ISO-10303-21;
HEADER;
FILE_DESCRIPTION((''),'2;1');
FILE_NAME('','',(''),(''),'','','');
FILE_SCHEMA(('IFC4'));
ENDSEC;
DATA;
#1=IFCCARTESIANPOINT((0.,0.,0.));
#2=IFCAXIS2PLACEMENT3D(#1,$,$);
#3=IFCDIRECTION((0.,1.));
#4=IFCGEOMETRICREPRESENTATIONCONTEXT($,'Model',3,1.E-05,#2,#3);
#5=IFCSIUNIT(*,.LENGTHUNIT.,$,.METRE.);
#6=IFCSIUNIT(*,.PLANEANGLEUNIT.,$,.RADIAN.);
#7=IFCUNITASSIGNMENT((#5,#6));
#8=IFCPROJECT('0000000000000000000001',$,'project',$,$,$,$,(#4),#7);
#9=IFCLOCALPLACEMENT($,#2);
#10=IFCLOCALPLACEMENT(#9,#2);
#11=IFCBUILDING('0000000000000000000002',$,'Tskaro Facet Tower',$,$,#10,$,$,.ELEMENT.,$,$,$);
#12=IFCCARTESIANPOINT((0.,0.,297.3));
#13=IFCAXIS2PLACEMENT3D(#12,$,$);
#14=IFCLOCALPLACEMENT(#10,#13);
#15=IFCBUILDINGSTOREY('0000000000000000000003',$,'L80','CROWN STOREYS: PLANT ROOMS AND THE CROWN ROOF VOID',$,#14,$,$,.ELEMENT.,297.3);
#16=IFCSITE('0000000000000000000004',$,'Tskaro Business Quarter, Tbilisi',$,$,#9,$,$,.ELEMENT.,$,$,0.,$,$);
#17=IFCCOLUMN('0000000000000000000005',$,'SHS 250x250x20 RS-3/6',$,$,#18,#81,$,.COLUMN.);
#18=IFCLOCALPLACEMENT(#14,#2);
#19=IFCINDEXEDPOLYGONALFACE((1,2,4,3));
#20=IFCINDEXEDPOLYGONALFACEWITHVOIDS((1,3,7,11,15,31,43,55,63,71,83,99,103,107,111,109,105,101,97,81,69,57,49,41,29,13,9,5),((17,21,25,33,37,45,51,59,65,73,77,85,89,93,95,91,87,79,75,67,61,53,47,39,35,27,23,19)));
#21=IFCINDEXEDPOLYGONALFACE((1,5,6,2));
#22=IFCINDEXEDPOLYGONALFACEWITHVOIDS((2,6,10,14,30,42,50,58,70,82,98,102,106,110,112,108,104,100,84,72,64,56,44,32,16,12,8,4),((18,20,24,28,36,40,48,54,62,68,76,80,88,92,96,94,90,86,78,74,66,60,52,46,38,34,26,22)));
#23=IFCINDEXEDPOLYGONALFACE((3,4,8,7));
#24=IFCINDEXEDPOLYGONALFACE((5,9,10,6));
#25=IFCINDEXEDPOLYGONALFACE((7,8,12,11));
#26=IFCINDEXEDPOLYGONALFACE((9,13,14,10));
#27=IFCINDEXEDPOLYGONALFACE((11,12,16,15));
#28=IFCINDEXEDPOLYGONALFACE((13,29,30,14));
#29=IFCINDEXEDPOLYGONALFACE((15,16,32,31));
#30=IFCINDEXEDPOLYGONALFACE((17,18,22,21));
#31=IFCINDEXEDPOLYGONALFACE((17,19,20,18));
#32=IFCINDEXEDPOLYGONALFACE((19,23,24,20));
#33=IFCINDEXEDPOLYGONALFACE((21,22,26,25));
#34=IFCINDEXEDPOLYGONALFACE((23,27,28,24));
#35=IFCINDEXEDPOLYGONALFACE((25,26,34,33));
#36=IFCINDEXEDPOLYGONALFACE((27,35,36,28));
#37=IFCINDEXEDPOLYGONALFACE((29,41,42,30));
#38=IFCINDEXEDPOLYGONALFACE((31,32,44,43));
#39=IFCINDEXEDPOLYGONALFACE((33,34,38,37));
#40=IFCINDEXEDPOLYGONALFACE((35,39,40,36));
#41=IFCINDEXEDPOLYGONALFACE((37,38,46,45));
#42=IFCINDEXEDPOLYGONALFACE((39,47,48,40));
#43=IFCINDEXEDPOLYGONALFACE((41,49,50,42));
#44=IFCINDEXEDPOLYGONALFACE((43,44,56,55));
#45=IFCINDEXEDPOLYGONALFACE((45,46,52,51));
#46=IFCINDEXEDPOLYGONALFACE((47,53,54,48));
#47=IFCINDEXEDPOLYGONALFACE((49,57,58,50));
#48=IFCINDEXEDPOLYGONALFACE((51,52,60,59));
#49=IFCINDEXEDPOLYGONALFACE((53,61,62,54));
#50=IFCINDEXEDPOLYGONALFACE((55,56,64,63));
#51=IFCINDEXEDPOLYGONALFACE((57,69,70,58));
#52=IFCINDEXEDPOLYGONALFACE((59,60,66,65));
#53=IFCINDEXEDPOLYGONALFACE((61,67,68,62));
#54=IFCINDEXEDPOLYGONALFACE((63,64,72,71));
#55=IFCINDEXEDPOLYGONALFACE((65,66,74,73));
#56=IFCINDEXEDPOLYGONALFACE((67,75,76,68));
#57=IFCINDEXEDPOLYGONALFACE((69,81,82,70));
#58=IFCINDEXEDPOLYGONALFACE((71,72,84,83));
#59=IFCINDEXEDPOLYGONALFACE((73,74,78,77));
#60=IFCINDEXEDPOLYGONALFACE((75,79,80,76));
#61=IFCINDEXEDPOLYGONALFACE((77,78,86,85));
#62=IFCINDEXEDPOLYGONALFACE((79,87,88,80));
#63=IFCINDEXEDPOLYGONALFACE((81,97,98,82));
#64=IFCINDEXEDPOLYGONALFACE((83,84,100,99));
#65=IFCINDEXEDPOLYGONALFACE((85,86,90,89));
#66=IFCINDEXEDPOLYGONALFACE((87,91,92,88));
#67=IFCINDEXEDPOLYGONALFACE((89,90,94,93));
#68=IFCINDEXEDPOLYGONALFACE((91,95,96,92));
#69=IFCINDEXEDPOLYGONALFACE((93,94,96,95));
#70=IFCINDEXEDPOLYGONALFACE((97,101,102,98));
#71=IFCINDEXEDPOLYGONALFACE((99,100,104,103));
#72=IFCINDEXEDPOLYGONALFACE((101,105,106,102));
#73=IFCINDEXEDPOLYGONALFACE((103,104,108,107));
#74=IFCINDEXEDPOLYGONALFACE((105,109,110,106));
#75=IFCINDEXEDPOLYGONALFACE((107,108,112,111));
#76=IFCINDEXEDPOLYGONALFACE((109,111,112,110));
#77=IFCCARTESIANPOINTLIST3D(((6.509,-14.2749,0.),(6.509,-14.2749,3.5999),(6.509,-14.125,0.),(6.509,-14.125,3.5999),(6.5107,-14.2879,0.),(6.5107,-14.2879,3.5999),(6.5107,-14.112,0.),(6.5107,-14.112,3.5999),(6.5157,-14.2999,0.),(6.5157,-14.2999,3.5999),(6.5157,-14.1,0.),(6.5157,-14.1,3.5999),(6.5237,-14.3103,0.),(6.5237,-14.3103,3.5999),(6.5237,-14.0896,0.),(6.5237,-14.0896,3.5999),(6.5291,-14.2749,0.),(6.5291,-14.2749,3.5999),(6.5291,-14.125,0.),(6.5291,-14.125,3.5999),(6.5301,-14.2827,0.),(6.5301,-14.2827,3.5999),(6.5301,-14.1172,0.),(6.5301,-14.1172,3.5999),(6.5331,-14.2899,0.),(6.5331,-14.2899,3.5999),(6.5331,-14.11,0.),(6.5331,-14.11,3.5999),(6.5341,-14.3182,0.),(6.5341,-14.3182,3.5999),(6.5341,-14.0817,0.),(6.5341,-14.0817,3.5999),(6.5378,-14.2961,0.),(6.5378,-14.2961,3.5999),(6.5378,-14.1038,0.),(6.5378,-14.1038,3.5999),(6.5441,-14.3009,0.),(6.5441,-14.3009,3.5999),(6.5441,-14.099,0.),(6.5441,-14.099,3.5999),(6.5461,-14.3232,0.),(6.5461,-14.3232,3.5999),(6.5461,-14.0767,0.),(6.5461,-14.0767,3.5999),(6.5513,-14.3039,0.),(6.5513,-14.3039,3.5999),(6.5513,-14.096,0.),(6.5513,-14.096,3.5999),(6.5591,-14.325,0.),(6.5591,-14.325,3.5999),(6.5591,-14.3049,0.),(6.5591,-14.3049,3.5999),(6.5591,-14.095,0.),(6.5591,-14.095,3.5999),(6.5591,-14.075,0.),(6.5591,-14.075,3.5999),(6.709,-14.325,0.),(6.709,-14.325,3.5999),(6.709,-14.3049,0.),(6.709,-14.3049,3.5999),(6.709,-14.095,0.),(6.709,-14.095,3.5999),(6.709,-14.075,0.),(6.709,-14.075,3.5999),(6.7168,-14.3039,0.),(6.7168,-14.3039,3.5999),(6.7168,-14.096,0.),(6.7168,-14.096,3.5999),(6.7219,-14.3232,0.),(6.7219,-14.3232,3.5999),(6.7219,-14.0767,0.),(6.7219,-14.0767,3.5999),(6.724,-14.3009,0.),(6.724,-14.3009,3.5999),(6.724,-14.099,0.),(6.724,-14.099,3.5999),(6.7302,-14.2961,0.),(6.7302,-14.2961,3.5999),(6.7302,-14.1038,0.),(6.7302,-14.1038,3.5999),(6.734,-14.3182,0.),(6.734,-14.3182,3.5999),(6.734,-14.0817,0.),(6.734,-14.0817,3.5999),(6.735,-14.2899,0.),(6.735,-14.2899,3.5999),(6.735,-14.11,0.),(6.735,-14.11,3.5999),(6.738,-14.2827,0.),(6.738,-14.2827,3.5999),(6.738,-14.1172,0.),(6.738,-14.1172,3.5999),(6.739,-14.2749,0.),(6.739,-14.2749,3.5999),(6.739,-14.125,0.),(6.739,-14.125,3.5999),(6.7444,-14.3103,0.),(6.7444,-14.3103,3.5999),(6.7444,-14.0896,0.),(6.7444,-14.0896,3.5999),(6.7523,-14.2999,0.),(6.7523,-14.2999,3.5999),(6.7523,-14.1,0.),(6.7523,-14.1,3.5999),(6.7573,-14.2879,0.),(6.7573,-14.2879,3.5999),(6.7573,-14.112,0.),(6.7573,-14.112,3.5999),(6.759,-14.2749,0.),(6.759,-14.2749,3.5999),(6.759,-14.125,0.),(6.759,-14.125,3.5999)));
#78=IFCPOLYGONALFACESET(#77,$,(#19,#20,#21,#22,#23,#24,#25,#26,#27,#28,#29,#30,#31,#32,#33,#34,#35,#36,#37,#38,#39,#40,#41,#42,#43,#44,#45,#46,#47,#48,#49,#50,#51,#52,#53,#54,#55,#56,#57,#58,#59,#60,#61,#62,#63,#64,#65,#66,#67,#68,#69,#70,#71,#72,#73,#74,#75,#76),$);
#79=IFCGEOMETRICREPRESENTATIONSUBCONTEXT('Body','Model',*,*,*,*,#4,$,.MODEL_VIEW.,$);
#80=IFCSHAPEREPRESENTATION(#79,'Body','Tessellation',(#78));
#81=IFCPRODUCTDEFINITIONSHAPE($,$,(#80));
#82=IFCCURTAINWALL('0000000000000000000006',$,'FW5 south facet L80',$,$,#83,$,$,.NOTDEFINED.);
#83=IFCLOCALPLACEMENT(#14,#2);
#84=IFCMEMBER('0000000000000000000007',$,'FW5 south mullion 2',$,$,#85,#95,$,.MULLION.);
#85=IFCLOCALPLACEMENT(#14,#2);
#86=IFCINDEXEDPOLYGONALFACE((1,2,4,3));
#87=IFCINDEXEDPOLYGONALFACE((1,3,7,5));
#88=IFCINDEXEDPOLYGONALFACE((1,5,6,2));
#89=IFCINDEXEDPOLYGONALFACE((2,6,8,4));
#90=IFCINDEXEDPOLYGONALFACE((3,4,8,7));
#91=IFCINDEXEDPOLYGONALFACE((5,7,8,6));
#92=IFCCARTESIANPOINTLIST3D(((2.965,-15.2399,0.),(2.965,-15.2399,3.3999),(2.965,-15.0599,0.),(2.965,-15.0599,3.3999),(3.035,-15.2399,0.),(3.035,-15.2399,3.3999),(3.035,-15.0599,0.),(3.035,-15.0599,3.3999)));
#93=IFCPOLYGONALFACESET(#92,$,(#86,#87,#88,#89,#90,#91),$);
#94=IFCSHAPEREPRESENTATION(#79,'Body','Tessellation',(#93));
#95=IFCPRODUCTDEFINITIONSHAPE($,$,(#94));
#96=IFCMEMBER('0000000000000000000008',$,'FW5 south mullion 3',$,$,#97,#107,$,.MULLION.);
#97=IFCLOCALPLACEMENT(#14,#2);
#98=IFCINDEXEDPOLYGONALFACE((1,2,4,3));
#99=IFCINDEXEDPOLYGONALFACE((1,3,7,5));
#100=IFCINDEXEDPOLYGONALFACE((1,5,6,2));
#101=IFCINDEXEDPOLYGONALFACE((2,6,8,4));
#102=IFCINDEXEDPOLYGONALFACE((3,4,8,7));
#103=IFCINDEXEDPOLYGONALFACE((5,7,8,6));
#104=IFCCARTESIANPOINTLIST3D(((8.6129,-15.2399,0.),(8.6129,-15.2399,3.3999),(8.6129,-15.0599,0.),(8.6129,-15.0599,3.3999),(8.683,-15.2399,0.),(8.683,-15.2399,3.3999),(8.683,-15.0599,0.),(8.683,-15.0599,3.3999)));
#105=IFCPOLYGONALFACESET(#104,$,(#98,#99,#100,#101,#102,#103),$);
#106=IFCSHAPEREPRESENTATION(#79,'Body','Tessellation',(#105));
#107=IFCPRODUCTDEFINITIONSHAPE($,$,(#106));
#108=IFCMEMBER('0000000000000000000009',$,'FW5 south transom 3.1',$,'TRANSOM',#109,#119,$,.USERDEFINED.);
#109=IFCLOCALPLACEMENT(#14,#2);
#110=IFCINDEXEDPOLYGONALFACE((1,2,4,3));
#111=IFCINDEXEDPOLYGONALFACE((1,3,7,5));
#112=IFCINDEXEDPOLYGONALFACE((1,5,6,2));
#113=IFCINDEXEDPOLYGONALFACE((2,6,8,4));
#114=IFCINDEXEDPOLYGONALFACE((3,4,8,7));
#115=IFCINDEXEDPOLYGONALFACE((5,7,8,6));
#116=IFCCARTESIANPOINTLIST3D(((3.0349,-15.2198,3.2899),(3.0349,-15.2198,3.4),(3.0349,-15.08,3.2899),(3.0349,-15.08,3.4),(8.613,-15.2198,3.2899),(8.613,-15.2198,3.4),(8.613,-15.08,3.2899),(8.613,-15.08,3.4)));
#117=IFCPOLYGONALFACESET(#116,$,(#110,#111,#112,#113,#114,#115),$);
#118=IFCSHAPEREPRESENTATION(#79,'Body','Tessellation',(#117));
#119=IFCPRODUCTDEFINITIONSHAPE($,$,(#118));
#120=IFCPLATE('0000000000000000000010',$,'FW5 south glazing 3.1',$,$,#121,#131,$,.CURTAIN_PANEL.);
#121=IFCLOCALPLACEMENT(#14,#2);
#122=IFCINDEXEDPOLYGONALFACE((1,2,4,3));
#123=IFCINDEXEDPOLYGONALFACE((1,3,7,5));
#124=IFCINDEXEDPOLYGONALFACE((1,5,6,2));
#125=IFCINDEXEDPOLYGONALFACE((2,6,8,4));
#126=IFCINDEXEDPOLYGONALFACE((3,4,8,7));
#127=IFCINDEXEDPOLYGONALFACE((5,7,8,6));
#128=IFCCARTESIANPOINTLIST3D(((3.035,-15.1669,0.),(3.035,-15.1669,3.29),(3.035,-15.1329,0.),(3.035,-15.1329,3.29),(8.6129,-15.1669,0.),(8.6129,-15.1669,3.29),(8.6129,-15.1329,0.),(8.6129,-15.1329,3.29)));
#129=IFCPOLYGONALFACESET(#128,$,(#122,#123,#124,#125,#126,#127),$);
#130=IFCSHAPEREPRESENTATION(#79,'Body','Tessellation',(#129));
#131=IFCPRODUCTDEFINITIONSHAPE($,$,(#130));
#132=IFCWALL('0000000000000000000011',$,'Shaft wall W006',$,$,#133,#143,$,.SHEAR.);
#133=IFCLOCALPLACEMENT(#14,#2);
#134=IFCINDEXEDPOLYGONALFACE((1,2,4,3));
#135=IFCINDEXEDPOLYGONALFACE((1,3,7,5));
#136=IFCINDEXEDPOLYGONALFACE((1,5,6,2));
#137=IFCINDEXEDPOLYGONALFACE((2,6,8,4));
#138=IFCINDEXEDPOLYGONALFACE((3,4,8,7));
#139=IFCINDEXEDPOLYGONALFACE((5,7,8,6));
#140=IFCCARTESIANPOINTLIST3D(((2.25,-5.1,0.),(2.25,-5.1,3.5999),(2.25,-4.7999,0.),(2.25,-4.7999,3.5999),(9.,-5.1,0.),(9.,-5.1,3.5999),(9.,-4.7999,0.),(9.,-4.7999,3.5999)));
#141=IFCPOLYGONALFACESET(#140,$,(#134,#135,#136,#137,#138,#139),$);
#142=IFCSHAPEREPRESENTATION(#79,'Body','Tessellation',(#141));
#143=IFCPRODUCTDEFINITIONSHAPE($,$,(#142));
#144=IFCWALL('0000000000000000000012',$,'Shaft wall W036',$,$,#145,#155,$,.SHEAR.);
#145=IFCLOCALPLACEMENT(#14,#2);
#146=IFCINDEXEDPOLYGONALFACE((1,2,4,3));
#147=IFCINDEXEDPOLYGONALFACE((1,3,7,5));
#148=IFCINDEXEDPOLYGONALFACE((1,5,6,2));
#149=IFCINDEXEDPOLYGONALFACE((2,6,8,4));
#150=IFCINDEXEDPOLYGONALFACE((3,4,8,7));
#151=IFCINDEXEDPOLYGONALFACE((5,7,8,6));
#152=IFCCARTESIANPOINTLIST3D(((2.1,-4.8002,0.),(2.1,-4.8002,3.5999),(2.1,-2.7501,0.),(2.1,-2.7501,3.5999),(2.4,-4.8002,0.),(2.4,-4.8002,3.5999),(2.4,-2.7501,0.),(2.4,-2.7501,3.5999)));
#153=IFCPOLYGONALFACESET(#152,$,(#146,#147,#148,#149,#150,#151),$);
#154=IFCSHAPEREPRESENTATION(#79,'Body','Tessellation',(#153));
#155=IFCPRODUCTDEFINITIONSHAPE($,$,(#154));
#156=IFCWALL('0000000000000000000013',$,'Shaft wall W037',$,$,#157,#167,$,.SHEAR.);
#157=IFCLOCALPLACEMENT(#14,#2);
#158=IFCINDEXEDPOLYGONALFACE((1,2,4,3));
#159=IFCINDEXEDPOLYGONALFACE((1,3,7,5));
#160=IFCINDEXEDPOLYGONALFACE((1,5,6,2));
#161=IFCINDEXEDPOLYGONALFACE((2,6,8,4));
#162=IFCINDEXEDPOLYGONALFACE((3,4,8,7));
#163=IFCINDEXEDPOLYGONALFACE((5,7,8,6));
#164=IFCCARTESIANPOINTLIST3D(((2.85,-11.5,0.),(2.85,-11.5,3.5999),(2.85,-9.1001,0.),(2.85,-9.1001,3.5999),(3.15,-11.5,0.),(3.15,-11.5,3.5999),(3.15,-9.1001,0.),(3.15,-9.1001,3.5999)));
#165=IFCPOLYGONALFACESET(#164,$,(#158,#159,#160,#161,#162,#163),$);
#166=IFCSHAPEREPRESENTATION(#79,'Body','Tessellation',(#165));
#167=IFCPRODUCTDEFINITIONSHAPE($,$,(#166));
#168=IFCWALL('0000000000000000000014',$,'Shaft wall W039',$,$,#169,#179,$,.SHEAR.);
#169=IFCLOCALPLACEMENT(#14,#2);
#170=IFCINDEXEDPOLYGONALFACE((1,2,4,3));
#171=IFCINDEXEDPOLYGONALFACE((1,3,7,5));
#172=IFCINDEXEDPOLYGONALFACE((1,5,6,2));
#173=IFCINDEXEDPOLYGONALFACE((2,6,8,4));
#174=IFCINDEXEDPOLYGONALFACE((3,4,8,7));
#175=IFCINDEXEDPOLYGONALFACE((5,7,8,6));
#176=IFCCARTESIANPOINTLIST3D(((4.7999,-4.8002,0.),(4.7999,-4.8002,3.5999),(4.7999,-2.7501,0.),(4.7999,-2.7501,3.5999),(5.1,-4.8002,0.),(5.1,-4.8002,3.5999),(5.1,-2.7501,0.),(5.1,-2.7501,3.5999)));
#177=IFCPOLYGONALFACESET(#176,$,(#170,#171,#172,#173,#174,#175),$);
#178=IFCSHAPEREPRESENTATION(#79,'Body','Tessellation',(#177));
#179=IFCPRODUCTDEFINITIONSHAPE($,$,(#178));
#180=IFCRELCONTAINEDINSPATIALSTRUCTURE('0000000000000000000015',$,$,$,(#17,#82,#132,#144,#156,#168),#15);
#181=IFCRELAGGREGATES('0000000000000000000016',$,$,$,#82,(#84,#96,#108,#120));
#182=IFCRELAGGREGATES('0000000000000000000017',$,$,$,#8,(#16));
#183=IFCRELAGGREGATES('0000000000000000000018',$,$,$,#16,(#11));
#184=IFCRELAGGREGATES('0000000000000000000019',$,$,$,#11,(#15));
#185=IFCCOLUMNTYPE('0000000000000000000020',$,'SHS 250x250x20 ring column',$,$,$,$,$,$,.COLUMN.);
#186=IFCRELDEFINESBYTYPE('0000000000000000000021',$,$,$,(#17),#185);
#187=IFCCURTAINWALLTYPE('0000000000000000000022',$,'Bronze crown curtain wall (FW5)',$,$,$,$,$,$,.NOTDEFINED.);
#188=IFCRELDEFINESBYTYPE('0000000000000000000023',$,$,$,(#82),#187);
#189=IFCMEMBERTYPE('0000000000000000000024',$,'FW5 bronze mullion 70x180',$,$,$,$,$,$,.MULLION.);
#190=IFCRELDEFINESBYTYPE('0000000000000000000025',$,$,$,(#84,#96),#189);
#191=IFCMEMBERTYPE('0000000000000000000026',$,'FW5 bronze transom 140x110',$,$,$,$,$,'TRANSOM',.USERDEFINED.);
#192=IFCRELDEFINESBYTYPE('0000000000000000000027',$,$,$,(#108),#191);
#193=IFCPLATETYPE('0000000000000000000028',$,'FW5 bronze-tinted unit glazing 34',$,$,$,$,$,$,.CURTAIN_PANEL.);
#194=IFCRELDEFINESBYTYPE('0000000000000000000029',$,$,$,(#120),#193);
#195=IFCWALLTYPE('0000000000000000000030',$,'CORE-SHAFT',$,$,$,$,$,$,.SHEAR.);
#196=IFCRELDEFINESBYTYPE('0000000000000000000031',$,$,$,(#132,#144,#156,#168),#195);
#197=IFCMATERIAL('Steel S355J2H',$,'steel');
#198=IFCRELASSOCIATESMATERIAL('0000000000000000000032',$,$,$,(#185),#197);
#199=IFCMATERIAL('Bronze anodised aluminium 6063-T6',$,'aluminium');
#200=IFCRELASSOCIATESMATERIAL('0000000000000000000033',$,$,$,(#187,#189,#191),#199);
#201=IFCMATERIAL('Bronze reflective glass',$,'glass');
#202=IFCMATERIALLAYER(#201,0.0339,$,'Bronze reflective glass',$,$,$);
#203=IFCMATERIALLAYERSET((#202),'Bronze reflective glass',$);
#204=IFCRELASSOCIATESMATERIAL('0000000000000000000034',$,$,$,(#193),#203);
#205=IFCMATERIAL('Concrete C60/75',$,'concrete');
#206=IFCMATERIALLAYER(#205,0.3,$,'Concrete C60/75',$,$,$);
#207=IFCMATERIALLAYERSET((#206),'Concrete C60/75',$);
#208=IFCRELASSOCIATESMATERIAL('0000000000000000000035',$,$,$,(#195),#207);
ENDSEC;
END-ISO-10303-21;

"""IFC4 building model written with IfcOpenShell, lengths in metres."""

from ifc_helpers import new_model, si_unit, direction, frame, frame_2d, origin, origin_2d, place, context, subcontext, project, spatial, rectangle, hollow_rectangle, extrude, material, layer, layer_set, material_profile, profile_set, type_object, element, aggregate, save


model = new_model("IFC4")

# Units and contexts
model_context = context("Model", 3, precision=1e-05, world=origin(), true_north=direction((0.0, 1.0)))
body_context = subcontext(model_context, "Body", "Model", "MODEL_VIEW")
ifc_project = project(units=[si_unit("LENGTHUNIT", "METRE"), si_unit("PLANEANGLEUNIT", "RADIAN")], contexts=[model_context])

# Site, building, storey
site_placement = place(None, origin())
site = spatial("IfcSite", under=ifc_project, at=site_placement, Name="Tskaro Business Quarter, Tbilisi", CompositionType="ELEMENT", RefElevation=0.0)
building_placement = place(site_placement, origin())
building = spatial("IfcBuilding", under=site, at=building_placement, Name="Tskaro Facet Tower", CompositionType="ELEMENT")
storey_placement = place(building_placement, frame((0.0, 0.0, 297.3)))
storey = spatial("IfcBuildingStorey", under=building, at=storey_placement, Name="L80", Description="CROWN STOREYS: PLANT ROOMS AND THE CROWN ROOF VOID", CompositionType="ELEMENT", Elevation=297.3)

# Column
ifc_material_1 = material(Name="Steel S355J2H", Category="steel")
ifc_material_profile_1 = material_profile(ifc_material_1, hollow_rectangle(XDim=0.25, YDim=0.25, WallThickness=0.02, InnerFilletRadius=0.03, OuterFilletRadius=0.05, at=origin_2d()), Name="SHS 250x250x20")
ifc_profile_set_1 = profile_set([ifc_material_profile_1], Name="Steel S355J2H")
column_type = type_object("IfcColumnType", Name="SHS 250x250x20 ring column", PredefinedType="COLUMN", material=ifc_profile_set_1)
column_placement = place(storey_placement, frame((6.634, -14.2, 0.0), z_axis=(0.0, 0.0, 1.0), x_axis=(1.0, 0.0, 0.0)))
element("IfcColumn", 1, at=column_placement, inside=storey, type_object=column_type, Name="SHS 250x250x20 RS-3/6", PredefinedType="COLUMN", context=body_context, shape_type="SweptSolid", body=[
    extrude(hollow_rectangle(XDim=0.25, YDim=0.25, WallThickness=0.02, InnerFilletRadius=0.03, OuterFilletRadius=0.05, at=origin_2d()), origin(), (0.0, 0.0, 1.0), 3.5999),
])

# Curtain wall, members, plate
ifc_material_2 = material(Name="Bronze anodised aluminium 6063-T6", Category="aluminium")
curtain_wall_type = type_object("IfcCurtainWallType", Name="Bronze crown curtain wall (FW5)", PredefinedType="NOTDEFINED", material=ifc_material_2)
curtain_wall_placement = place(storey_placement, origin())
curtain_wall = element("IfcCurtainWall", 2, at=curtain_wall_placement, inside=storey, type_object=curtain_wall_type, Name="FW5 south facet L80", PredefinedType="NOTDEFINED")
ifc_material_profile_2 = material_profile(ifc_material_2, rectangle(XDim=0.0701, YDim=0.1799, at=origin_2d()), Name="Mullion 70x180")
ifc_profile_set_2 = profile_set([ifc_material_profile_2], Name="Bronze anodised aluminium 6063-T6")
member_type_1 = type_object("IfcMemberType", Name="FW5 bronze mullion 70x180", PredefinedType="MULLION", material=ifc_profile_set_2)
member_1_placement = place(storey_placement, frame((3.0, -15.1499, 0.0), z_axis=(0.0, 0.0, 1.0), x_axis=(1.0, 0.0, 0.0)))
member_1 = element("IfcMember", 3, at=member_1_placement, type_object=member_type_1, Name="FW5 south mullion 2", PredefinedType="MULLION", context=body_context, shape_type="SweptSolid", body=[
    extrude(rectangle(XDim=0.0701, YDim=0.1799, at=origin_2d()), origin(), (0.0, 0.0, 1.0), 3.3999),
])
member_2_placement = place(storey_placement, frame((8.6479, -15.1499, 0.0), z_axis=(0.0, 0.0, 1.0), x_axis=(1.0, 0.0, 0.0)))
member_2 = element("IfcMember", 4, at=member_2_placement, type_object=member_type_1, Name="FW5 south mullion 3", PredefinedType="MULLION", context=body_context, shape_type="SweptSolid", body=[
    extrude(rectangle(XDim=0.0701, YDim=0.1799, at=origin_2d()), origin(), (0.0, 0.0, 1.0), 3.3999),
])
ifc_material_profile_3 = material_profile(ifc_material_2, rectangle(XDim=0.1399, YDim=0.1101, at=origin_2d()), Name="Transom 140x110")
ifc_profile_set_3 = profile_set([ifc_material_profile_3], Name="Bronze anodised aluminium 6063-T6")
member_type_2 = type_object("IfcMemberType", Name="FW5 bronze transom 140x110", ElementType="TRANSOM", PredefinedType="USERDEFINED", material=ifc_profile_set_3)
member_3_placement = place(storey_placement, frame((3.0349, -15.1499, 3.345), z_axis=(1.0, 0.0, 0.0), x_axis=(0.0, 1.0, 0.0)))
member_3 = element("IfcMember", 5, at=member_3_placement, type_object=member_type_2, Name="FW5 south transom 3.1", ObjectType="TRANSOM", PredefinedType="USERDEFINED", context=body_context, shape_type="SweptSolid", body=[
    extrude(rectangle(XDim=0.1399, YDim=0.1101, at=origin_2d()), origin(), (0.0, 0.0, 1.0), 5.5781),
])
ifc_material_3 = material(Name="Bronze reflective glass", Category="glass")
ifc_layer_1 = layer(ifc_material_3, 0.0339, Name="Bronze reflective glass")
ifc_layer_set_1 = layer_set([ifc_layer_1], Name="Bronze reflective glass")
plate_type = type_object("IfcPlateType", Name="FW5 bronze-tinted unit glazing 34", PredefinedType="CURTAIN_PANEL", material=ifc_layer_set_1)
plate_placement = place(storey_placement, frame((5.824, -15.1499, 0.0), z_axis=(0.0, 0.0, 1.0), x_axis=(1.0, 0.0, 0.0)))
plate = element("IfcPlate", 6, at=plate_placement, type_object=plate_type, Name="FW5 south glazing 3.1", PredefinedType="CURTAIN_PANEL", context=body_context, shape_type="SweptSolid", body=[
    extrude(rectangle(XDim=5.5779, YDim=0.0339, at=origin_2d()), origin(), (0.0, 0.0, 1.0), 3.29),
])
aggregate(curtain_wall, [member_1, member_2, member_3, plate])

# Walls
ifc_material_4 = material(Name="Concrete C60/75", Category="concrete")
ifc_layer_2 = layer(ifc_material_4, 0.3, Name="Concrete C60/75")
ifc_layer_set_2 = layer_set([ifc_layer_2], Name="Concrete C60/75")
wall_type_1 = type_object("IfcWallType", Name="CORE-SHAFT", PredefinedType="SHEAR", material=ifc_layer_set_2)
wall_1_placement = place(storey_placement, frame((2.25, -4.95, 0.0), z_axis=(0.0, 0.0, 1.0), x_axis=(1.0, 0.0, 0.0)))
element("IfcWall", 7, at=wall_1_placement, inside=storey, type_object=wall_type_1, Name="Shaft wall W006", PredefinedType="SHEAR", context=body_context, shape_type="SweptSolid", body=[
    extrude(rectangle(XDim=6.75, YDim=0.3, at=frame_2d((3.375, 0.0))), origin(), (0.0, 0.0, 1.0), 3.5999),
])
wall_2_placement = place(storey_placement, frame((2.25, -4.8, 0.0), z_axis=(0.0, 0.0, 1.0), x_axis=(0.0, 1.0, 0.0)))
element("IfcWall", 8, at=wall_2_placement, inside=storey, type_object=wall_type_1, Name="Shaft wall W036", PredefinedType="SHEAR", context=body_context, shape_type="SweptSolid", body=[
    extrude(rectangle(XDim=2.05, YDim=0.3, at=frame_2d((1.0249, 0.0))), origin(), (0.0, 0.0, 1.0), 3.5999),
])
wall_3_placement = place(storey_placement, frame((3.0, -11.5, 0.0), z_axis=(0.0, 0.0, 1.0), x_axis=(0.0, 1.0, 0.0)))
element("IfcWall", 9, at=wall_3_placement, inside=storey, type_object=wall_type_1, Name="Shaft wall W037", PredefinedType="SHEAR", context=body_context, shape_type="SweptSolid", body=[
    extrude(rectangle(XDim=2.3999, YDim=0.3, at=frame_2d((1.2, 0.0))), origin(), (0.0, 0.0, 1.0), 3.5999),
])
wall_4_placement = place(storey_placement, frame((4.95, -4.8, 0.0), z_axis=(0.0, 0.0, 1.0), x_axis=(0.0, 1.0, 0.0)))
element("IfcWall", 10, at=wall_4_placement, inside=storey, type_object=wall_type_1, Name="Shaft wall W039", PredefinedType="SHEAR", context=body_context, shape_type="SweptSolid", body=[
    extrude(rectangle(XDim=2.05, YDim=0.3, at=frame_2d((1.0249, 0.0))), origin(), (0.0, 0.0, 1.0), 3.5999),
])

save(model, "model.ifc")
